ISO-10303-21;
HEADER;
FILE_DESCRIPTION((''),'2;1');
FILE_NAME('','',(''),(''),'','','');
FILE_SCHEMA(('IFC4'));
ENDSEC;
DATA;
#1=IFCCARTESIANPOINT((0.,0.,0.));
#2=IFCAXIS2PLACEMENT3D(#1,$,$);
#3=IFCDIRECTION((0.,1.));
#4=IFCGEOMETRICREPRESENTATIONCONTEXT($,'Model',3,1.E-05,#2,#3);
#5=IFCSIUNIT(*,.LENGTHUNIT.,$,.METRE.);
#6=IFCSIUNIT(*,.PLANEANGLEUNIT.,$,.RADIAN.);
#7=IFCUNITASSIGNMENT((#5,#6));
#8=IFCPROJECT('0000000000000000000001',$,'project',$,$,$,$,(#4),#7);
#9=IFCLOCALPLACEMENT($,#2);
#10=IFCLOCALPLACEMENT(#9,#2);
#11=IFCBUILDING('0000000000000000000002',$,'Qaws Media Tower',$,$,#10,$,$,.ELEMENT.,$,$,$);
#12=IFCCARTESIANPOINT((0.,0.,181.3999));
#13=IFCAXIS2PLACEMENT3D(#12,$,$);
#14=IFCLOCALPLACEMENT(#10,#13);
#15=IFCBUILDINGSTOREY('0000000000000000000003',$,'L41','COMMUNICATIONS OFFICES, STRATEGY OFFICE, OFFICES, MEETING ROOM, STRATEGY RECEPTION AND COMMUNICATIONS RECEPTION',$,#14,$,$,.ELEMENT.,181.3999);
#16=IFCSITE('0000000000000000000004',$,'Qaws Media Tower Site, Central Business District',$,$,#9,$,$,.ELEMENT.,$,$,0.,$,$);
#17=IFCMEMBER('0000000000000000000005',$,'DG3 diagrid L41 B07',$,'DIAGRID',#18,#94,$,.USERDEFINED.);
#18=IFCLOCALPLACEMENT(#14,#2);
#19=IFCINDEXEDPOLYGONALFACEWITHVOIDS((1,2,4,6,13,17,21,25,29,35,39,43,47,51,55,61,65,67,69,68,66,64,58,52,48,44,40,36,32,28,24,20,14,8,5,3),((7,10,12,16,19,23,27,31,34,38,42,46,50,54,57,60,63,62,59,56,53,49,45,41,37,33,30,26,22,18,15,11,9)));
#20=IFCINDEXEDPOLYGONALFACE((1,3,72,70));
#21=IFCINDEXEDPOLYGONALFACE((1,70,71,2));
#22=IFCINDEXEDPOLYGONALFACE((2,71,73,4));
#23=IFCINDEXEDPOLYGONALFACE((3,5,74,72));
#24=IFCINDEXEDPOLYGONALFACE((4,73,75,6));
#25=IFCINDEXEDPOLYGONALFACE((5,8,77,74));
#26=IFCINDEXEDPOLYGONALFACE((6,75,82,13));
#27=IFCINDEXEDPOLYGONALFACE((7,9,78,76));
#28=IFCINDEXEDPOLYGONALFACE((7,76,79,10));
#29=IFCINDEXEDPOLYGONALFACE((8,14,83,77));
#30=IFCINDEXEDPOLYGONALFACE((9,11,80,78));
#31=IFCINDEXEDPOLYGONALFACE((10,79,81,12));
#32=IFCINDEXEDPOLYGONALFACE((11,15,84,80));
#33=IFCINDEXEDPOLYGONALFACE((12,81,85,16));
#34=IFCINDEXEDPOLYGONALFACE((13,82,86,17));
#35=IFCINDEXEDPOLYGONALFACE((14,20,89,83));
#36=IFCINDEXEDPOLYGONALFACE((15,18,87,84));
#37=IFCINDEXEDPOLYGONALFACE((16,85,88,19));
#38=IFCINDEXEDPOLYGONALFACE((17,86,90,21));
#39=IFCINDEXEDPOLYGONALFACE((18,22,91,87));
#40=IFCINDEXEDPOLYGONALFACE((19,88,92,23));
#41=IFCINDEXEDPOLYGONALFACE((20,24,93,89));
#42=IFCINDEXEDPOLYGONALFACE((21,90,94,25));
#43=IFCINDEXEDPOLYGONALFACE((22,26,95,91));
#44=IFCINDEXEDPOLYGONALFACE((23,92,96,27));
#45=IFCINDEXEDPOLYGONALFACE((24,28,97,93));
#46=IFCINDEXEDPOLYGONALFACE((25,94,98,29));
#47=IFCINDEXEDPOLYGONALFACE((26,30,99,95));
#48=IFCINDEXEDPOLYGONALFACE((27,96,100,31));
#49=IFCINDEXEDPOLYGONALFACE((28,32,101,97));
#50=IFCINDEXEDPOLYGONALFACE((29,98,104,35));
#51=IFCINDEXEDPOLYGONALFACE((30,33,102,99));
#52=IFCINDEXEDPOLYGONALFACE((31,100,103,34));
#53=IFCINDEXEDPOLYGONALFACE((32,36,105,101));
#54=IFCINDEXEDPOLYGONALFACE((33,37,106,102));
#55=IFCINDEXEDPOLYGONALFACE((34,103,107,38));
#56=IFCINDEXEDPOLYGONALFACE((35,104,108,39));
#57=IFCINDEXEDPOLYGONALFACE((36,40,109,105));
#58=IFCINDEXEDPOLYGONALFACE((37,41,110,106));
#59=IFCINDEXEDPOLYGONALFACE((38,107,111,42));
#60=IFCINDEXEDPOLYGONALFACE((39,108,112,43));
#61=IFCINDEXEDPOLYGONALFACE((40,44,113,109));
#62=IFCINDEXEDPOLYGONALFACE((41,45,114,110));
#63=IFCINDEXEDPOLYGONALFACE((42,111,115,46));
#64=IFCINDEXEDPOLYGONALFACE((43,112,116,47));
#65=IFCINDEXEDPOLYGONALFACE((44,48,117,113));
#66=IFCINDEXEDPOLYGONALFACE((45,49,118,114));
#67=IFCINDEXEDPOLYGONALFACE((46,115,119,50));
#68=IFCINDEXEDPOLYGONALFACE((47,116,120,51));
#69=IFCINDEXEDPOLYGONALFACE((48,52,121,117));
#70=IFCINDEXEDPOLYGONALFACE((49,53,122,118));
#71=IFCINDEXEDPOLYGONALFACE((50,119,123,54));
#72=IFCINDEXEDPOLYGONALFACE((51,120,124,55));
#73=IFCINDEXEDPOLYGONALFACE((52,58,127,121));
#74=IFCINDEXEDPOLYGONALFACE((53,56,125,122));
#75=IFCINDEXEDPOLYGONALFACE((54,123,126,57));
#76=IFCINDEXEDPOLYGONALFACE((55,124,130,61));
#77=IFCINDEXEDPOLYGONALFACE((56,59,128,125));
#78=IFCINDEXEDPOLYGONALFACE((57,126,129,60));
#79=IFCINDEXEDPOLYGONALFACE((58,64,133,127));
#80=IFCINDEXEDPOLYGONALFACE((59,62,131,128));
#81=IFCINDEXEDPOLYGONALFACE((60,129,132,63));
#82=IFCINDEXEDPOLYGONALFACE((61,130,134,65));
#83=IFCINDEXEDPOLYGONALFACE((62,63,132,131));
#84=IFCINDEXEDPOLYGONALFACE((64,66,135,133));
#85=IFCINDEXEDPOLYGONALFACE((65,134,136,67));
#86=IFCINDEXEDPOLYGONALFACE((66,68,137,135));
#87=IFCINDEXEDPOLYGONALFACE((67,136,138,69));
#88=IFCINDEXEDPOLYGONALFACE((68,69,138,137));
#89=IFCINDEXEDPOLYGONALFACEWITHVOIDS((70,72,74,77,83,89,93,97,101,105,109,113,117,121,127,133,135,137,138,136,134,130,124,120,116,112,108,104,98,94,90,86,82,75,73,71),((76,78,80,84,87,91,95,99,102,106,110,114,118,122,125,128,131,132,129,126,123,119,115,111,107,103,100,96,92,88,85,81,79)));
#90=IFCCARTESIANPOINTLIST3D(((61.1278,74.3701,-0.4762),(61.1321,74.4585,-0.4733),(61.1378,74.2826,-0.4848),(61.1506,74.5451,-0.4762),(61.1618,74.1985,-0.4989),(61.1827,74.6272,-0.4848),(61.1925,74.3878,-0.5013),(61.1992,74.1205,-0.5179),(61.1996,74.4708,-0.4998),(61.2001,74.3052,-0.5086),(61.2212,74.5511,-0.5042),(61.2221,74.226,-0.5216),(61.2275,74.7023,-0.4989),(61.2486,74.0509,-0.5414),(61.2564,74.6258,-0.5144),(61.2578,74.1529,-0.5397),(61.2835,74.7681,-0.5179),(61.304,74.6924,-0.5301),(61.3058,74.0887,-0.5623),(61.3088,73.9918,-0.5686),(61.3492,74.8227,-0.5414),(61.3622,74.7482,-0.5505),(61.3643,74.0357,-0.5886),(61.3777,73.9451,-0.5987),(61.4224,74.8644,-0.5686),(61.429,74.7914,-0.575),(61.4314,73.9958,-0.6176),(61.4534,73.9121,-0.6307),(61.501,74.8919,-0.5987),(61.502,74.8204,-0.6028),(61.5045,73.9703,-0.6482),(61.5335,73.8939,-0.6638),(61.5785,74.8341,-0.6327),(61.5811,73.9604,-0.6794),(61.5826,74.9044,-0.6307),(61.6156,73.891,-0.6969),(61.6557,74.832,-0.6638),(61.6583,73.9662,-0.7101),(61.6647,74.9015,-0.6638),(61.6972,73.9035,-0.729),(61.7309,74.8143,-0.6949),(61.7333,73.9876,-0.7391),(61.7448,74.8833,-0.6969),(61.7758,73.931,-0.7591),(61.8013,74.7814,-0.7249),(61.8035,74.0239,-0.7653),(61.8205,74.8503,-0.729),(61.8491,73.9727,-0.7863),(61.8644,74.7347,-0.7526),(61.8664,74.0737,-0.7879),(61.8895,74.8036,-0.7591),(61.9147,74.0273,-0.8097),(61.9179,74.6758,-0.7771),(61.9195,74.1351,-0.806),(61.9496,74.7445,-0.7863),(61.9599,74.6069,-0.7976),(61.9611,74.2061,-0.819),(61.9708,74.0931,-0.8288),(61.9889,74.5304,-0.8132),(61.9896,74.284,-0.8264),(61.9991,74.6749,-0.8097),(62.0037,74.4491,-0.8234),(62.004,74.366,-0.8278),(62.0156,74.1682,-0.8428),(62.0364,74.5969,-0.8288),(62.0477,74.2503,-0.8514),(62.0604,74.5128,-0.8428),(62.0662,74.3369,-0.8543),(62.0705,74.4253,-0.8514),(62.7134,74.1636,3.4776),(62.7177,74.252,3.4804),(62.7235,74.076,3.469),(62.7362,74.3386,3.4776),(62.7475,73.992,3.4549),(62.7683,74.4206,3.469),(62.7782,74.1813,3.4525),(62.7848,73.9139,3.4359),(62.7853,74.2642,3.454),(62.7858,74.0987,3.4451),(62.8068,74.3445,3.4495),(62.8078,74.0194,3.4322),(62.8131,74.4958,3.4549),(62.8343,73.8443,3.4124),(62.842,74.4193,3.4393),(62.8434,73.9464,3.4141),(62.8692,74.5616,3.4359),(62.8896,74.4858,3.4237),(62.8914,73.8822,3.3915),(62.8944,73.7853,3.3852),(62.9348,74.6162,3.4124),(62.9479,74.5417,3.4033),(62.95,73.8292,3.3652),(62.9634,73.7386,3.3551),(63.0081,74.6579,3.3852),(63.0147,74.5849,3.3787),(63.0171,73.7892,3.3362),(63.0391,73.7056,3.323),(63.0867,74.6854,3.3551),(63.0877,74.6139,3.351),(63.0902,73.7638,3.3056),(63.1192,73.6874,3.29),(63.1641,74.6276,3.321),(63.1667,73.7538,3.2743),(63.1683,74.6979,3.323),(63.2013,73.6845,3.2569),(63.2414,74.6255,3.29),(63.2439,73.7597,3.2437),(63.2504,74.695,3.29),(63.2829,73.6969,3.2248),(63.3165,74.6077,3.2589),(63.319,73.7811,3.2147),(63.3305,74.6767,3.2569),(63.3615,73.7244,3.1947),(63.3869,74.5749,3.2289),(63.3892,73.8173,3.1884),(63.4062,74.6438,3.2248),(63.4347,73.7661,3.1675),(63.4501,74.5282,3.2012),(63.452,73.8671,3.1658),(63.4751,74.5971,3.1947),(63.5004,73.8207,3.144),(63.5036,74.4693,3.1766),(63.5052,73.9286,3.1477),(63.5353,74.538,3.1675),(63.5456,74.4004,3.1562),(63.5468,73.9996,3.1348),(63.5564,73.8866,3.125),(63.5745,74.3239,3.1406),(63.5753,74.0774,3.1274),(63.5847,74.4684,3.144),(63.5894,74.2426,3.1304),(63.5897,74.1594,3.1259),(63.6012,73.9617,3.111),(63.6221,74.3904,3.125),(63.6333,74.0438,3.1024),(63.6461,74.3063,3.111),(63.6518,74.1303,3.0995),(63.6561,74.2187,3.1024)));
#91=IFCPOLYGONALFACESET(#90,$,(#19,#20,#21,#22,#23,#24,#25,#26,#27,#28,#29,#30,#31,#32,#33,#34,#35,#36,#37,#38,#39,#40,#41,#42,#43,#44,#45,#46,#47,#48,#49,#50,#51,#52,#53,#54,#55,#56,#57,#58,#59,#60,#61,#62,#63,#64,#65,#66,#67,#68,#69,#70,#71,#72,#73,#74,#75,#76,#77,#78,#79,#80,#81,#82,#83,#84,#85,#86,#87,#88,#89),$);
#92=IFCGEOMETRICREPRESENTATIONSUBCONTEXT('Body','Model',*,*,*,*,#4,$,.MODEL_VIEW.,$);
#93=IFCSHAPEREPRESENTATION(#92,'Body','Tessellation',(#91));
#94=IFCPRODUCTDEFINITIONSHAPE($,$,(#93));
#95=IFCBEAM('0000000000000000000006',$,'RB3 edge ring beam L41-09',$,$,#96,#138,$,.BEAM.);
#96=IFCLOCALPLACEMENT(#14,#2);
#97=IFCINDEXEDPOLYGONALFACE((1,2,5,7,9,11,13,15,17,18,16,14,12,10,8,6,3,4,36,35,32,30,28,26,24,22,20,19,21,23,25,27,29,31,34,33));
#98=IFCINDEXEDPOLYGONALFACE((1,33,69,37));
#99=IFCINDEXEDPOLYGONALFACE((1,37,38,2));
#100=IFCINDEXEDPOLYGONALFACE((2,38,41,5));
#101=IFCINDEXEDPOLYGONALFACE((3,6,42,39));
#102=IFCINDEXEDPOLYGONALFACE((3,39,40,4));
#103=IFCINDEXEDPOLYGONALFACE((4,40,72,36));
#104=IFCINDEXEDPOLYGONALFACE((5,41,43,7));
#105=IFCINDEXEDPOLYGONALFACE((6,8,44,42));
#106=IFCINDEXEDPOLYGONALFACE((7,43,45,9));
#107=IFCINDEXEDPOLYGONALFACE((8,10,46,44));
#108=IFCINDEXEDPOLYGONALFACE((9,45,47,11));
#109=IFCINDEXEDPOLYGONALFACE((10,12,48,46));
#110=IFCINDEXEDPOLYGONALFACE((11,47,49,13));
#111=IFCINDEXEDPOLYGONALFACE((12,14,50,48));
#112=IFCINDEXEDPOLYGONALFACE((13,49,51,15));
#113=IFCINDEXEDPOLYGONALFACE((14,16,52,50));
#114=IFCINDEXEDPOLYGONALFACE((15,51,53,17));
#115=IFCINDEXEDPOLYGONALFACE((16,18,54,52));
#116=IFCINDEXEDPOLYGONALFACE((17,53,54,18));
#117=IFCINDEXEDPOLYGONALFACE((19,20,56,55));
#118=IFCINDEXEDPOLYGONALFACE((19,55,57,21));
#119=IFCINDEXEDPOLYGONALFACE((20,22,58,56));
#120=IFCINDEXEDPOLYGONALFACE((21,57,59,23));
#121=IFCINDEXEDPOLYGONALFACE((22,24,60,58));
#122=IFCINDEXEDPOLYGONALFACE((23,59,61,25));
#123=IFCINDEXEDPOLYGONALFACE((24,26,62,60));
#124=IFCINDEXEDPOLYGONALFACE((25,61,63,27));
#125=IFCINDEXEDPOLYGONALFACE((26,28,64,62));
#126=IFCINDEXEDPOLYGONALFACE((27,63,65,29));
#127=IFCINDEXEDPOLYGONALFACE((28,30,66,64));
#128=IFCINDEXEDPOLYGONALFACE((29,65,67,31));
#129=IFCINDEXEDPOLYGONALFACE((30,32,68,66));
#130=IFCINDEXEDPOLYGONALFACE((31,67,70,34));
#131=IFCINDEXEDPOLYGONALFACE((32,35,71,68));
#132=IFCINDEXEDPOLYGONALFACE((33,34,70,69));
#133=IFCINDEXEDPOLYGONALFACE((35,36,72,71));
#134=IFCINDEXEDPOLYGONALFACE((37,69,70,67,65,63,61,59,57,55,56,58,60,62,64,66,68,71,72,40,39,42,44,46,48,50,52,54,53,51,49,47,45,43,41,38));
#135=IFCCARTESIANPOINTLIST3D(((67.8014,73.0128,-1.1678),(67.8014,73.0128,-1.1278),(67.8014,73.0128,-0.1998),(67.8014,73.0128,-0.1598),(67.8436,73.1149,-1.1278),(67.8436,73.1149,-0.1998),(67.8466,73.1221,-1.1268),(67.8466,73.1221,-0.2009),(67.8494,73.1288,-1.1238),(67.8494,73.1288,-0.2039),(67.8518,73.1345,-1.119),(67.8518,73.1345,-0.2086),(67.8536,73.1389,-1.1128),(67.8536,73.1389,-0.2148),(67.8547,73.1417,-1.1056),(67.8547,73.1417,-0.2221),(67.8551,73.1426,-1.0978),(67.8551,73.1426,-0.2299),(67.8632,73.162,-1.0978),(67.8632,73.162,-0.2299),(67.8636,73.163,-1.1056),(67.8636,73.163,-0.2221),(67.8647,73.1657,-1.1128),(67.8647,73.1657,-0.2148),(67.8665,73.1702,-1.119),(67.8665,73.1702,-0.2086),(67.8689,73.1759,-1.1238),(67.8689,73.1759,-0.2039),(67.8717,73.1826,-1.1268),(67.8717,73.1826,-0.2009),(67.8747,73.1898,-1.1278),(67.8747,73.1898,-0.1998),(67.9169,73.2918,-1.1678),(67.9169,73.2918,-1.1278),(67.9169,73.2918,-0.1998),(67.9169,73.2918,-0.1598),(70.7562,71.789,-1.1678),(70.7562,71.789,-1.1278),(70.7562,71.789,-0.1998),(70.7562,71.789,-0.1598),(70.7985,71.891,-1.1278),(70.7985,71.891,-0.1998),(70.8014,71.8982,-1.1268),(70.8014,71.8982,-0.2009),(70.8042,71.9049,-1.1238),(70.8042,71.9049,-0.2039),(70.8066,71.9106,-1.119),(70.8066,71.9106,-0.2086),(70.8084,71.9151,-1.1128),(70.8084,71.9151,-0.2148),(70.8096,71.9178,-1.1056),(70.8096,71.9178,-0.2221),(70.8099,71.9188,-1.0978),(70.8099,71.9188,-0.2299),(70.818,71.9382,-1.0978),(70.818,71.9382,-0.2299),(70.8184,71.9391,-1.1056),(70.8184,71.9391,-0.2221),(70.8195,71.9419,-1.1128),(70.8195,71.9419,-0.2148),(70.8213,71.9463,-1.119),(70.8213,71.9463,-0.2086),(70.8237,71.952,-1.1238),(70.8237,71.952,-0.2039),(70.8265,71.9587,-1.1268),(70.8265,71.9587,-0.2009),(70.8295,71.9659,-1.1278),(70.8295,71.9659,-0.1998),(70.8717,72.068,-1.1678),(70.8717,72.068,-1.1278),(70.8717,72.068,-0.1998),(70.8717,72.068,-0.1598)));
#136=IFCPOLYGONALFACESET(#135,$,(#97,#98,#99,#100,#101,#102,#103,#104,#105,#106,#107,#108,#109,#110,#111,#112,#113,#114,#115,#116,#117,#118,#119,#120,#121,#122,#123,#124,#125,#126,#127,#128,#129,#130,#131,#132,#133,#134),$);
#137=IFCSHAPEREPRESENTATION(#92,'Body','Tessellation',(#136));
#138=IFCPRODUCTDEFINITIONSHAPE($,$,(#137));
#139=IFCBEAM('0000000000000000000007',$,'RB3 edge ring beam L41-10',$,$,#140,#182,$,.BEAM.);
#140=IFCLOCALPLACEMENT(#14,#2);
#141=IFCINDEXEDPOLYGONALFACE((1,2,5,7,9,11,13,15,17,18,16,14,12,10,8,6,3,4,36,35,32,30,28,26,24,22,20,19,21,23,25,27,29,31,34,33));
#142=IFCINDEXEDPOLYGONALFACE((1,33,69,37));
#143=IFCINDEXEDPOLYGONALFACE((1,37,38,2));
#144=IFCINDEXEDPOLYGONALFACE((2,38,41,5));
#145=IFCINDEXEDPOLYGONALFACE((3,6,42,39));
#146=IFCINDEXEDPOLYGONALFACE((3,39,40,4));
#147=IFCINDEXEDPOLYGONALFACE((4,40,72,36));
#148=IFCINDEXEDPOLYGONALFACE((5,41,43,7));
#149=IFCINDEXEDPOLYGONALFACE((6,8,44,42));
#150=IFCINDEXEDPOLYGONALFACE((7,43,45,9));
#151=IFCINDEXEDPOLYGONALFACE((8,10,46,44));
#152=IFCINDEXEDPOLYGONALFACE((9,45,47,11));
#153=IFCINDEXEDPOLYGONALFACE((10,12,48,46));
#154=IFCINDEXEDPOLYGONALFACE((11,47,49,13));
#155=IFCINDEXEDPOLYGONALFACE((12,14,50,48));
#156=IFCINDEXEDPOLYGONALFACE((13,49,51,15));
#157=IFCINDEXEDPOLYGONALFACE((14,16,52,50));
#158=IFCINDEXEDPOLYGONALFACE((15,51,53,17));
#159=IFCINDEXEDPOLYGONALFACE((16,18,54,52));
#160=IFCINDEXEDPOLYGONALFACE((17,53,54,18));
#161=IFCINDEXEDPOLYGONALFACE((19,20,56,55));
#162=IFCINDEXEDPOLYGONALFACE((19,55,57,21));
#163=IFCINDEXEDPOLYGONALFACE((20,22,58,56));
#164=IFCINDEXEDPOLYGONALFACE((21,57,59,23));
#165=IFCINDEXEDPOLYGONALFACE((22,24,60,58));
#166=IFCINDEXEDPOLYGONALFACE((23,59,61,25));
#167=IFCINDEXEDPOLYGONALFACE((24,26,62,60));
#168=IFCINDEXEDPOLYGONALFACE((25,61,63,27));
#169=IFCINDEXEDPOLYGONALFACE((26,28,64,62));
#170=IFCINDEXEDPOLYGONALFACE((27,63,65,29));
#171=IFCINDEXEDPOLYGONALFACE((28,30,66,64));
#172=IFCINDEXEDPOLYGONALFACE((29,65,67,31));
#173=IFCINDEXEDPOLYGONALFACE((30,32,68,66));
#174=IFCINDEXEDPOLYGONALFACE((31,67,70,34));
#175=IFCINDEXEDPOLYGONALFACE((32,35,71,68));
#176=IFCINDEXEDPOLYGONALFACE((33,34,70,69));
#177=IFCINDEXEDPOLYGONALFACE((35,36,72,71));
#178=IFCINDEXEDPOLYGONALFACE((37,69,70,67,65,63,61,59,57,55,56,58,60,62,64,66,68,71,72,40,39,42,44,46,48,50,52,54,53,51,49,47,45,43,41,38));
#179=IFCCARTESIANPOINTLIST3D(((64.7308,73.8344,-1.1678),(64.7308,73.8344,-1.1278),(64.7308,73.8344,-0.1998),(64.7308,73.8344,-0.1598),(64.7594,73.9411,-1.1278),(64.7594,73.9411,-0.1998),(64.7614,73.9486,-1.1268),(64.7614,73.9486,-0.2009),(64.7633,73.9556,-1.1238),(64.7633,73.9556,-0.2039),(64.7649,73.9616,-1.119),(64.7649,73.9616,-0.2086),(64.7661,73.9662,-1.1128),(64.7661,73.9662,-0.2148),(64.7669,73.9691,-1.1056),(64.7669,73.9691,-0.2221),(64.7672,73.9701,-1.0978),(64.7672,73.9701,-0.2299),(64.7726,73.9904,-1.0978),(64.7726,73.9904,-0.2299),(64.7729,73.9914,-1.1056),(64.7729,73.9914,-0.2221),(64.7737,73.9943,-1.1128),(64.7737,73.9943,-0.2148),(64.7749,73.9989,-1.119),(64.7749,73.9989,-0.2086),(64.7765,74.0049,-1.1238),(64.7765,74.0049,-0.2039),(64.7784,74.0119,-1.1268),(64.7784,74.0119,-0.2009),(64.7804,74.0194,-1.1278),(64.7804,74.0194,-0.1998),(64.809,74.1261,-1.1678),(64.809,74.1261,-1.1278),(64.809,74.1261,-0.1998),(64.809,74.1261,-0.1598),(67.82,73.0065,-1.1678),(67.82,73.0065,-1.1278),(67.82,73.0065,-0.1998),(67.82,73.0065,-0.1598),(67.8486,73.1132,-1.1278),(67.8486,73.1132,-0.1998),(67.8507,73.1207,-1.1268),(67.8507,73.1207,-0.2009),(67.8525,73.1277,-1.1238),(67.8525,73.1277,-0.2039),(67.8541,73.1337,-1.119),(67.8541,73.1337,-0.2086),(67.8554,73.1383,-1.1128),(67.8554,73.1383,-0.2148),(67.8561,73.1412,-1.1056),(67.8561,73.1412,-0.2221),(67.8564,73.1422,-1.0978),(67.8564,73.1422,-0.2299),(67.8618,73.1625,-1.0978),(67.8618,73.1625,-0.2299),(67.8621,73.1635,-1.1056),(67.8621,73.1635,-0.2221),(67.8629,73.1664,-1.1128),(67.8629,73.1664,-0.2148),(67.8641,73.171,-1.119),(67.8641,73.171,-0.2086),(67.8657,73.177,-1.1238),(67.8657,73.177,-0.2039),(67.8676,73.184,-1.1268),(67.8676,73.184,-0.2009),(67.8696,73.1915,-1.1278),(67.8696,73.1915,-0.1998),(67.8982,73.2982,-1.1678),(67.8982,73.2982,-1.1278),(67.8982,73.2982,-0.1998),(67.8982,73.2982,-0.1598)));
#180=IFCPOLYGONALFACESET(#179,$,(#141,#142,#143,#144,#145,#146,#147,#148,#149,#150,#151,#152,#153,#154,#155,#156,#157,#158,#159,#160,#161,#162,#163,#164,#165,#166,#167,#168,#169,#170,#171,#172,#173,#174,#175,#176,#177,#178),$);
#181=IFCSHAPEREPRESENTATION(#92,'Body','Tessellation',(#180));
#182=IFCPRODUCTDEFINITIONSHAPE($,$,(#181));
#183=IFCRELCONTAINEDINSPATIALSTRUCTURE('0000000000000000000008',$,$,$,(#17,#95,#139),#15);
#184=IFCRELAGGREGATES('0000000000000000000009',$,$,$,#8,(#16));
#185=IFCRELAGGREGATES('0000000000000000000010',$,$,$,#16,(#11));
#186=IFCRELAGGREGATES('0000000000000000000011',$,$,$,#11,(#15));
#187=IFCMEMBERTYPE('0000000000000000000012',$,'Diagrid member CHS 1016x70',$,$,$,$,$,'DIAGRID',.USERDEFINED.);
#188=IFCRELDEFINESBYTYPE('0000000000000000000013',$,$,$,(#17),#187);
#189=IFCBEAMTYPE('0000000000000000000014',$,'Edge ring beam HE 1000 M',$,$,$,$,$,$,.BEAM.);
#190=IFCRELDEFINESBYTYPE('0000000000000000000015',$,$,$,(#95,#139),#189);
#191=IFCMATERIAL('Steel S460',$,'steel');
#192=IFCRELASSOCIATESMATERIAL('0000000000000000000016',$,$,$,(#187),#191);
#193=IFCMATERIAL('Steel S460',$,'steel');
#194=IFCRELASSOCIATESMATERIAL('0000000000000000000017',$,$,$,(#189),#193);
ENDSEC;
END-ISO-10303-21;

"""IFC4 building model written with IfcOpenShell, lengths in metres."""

from ifc_helpers import new_model, si_unit, direction, frame, origin, origin_2d, place, context, subcontext, project, spatial, hollow_circle, i_section, extrude, material, material_profile, profile_set, type_object, element, save


model = new_model("IFC4")

# Units and contexts
model_context = context("Model", 3, precision=1e-05, world=origin(), true_north=direction((0.0, 1.0)))
body_context = subcontext(model_context, "Body", "Model", "MODEL_VIEW")
ifc_project = project(units=[si_unit("LENGTHUNIT", "METRE"), si_unit("PLANEANGLEUNIT", "RADIAN")], contexts=[model_context])

# Site, building, storey
site_placement = place(None, origin())
site = spatial("IfcSite", under=ifc_project, at=site_placement, Name="Qaws Media Tower Site, Central Business District", CompositionType="ELEMENT", RefElevation=0.0)
building_placement = place(site_placement, origin())
building = spatial("IfcBuilding", under=site, at=building_placement, Name="Qaws Media Tower", CompositionType="ELEMENT")
storey_placement = place(building_placement, frame((0.0, 0.0, 181.3999)))
storey = spatial("IfcBuildingStorey", under=building, at=storey_placement, Name="L41", Description="COMMUNICATIONS OFFICES, STRATEGY OFFICE, OFFICES, MEETING ROOM, STRATEGY RECEPTION AND COMMUNICATIONS RECEPTION", CompositionType="ELEMENT", Elevation=181.3999)

# Member
ifc_material_1 = material(Name="Steel S460", Category="steel")
ifc_material_profile_1 = material_profile(ifc_material_1, hollow_circle(Radius=0.5081, WallThickness=0.0701, at=origin_2d()), Name="CHS 1016x70")
ifc_profile_set_1 = profile_set([ifc_material_profile_1], Name="Steel S460")
member_type_1 = type_object("IfcMemberType", Name="Diagrid member CHS 1016x70", ElementType="DIAGRID", PredefinedType="USERDEFINED", material=ifc_profile_set_1)
for number, where, z_axis, x_axis, name in (
    (1, (61.5991, 74.3977, -0.6638), (0.371794, -0.048428, 0.927051), (0.129163, 0.991623, 0.0), "DG3 diagrid L41 B07"),
):
    element("IfcMember", number, at=place(storey_placement, frame(where, z_axis=z_axis, x_axis=x_axis)), inside=storey, type_object=member_type_1, Name=name, ObjectType="DIAGRID", PredefinedType="USERDEFINED", context=body_context, shape_type="SweptSolid", body=[
        extrude(hollow_circle(Radius=0.5081, WallThickness=0.0701, at=origin_2d()), origin(), (0.0, 0.0, 1.0), 4.2649),
    ])

# Beams
ifc_material_2 = material(Name="Steel S460", Category="steel")
ifc_material_profile_2 = material_profile(ifc_material_2, i_section(OverallWidth=0.302, OverallDepth=1.0081, WebThickness=0.021, FlangeThickness=0.04, FilletRadius=0.03, at=origin_2d()), Name="HE 1000 M")
ifc_profile_set_2 = profile_set([ifc_material_profile_2], Name="Steel S460")
beam_type = type_object("IfcBeamType", Name="Edge ring beam HE 1000 M", PredefinedType="BEAM", material=ifc_profile_set_2)
for number, where, z_axis, x_axis, name in (
    (2, (70.814, 71.9285, -0.6638), (-0.923886, 0.382669, 0.0), (-0.382669, -0.923886, 0.0), "RB3 edge ring beam L41-09"),
    (3, (67.8591, 73.1523, -0.6638), (-0.965914, 0.258865, 0.0), (-0.258865, -0.965914, 0.0), "RB3 edge ring beam L41-10"),
):
    element("IfcBeam", number, at=place(storey_placement, frame(where, z_axis=z_axis, x_axis=x_axis)), inside=storey, type_object=beam_type, Name=name, PredefinedType="BEAM", context=body_context, shape_type="SweptSolid", body=[
        extrude(i_section(OverallWidth=0.302, OverallDepth=1.0081, WebThickness=0.021, FlangeThickness=0.04, FilletRadius=0.03, at=origin_2d()), origin(), (0.0, 0.0, 1.0), 3.1982),
    ])

save(model, "model.ifc")
